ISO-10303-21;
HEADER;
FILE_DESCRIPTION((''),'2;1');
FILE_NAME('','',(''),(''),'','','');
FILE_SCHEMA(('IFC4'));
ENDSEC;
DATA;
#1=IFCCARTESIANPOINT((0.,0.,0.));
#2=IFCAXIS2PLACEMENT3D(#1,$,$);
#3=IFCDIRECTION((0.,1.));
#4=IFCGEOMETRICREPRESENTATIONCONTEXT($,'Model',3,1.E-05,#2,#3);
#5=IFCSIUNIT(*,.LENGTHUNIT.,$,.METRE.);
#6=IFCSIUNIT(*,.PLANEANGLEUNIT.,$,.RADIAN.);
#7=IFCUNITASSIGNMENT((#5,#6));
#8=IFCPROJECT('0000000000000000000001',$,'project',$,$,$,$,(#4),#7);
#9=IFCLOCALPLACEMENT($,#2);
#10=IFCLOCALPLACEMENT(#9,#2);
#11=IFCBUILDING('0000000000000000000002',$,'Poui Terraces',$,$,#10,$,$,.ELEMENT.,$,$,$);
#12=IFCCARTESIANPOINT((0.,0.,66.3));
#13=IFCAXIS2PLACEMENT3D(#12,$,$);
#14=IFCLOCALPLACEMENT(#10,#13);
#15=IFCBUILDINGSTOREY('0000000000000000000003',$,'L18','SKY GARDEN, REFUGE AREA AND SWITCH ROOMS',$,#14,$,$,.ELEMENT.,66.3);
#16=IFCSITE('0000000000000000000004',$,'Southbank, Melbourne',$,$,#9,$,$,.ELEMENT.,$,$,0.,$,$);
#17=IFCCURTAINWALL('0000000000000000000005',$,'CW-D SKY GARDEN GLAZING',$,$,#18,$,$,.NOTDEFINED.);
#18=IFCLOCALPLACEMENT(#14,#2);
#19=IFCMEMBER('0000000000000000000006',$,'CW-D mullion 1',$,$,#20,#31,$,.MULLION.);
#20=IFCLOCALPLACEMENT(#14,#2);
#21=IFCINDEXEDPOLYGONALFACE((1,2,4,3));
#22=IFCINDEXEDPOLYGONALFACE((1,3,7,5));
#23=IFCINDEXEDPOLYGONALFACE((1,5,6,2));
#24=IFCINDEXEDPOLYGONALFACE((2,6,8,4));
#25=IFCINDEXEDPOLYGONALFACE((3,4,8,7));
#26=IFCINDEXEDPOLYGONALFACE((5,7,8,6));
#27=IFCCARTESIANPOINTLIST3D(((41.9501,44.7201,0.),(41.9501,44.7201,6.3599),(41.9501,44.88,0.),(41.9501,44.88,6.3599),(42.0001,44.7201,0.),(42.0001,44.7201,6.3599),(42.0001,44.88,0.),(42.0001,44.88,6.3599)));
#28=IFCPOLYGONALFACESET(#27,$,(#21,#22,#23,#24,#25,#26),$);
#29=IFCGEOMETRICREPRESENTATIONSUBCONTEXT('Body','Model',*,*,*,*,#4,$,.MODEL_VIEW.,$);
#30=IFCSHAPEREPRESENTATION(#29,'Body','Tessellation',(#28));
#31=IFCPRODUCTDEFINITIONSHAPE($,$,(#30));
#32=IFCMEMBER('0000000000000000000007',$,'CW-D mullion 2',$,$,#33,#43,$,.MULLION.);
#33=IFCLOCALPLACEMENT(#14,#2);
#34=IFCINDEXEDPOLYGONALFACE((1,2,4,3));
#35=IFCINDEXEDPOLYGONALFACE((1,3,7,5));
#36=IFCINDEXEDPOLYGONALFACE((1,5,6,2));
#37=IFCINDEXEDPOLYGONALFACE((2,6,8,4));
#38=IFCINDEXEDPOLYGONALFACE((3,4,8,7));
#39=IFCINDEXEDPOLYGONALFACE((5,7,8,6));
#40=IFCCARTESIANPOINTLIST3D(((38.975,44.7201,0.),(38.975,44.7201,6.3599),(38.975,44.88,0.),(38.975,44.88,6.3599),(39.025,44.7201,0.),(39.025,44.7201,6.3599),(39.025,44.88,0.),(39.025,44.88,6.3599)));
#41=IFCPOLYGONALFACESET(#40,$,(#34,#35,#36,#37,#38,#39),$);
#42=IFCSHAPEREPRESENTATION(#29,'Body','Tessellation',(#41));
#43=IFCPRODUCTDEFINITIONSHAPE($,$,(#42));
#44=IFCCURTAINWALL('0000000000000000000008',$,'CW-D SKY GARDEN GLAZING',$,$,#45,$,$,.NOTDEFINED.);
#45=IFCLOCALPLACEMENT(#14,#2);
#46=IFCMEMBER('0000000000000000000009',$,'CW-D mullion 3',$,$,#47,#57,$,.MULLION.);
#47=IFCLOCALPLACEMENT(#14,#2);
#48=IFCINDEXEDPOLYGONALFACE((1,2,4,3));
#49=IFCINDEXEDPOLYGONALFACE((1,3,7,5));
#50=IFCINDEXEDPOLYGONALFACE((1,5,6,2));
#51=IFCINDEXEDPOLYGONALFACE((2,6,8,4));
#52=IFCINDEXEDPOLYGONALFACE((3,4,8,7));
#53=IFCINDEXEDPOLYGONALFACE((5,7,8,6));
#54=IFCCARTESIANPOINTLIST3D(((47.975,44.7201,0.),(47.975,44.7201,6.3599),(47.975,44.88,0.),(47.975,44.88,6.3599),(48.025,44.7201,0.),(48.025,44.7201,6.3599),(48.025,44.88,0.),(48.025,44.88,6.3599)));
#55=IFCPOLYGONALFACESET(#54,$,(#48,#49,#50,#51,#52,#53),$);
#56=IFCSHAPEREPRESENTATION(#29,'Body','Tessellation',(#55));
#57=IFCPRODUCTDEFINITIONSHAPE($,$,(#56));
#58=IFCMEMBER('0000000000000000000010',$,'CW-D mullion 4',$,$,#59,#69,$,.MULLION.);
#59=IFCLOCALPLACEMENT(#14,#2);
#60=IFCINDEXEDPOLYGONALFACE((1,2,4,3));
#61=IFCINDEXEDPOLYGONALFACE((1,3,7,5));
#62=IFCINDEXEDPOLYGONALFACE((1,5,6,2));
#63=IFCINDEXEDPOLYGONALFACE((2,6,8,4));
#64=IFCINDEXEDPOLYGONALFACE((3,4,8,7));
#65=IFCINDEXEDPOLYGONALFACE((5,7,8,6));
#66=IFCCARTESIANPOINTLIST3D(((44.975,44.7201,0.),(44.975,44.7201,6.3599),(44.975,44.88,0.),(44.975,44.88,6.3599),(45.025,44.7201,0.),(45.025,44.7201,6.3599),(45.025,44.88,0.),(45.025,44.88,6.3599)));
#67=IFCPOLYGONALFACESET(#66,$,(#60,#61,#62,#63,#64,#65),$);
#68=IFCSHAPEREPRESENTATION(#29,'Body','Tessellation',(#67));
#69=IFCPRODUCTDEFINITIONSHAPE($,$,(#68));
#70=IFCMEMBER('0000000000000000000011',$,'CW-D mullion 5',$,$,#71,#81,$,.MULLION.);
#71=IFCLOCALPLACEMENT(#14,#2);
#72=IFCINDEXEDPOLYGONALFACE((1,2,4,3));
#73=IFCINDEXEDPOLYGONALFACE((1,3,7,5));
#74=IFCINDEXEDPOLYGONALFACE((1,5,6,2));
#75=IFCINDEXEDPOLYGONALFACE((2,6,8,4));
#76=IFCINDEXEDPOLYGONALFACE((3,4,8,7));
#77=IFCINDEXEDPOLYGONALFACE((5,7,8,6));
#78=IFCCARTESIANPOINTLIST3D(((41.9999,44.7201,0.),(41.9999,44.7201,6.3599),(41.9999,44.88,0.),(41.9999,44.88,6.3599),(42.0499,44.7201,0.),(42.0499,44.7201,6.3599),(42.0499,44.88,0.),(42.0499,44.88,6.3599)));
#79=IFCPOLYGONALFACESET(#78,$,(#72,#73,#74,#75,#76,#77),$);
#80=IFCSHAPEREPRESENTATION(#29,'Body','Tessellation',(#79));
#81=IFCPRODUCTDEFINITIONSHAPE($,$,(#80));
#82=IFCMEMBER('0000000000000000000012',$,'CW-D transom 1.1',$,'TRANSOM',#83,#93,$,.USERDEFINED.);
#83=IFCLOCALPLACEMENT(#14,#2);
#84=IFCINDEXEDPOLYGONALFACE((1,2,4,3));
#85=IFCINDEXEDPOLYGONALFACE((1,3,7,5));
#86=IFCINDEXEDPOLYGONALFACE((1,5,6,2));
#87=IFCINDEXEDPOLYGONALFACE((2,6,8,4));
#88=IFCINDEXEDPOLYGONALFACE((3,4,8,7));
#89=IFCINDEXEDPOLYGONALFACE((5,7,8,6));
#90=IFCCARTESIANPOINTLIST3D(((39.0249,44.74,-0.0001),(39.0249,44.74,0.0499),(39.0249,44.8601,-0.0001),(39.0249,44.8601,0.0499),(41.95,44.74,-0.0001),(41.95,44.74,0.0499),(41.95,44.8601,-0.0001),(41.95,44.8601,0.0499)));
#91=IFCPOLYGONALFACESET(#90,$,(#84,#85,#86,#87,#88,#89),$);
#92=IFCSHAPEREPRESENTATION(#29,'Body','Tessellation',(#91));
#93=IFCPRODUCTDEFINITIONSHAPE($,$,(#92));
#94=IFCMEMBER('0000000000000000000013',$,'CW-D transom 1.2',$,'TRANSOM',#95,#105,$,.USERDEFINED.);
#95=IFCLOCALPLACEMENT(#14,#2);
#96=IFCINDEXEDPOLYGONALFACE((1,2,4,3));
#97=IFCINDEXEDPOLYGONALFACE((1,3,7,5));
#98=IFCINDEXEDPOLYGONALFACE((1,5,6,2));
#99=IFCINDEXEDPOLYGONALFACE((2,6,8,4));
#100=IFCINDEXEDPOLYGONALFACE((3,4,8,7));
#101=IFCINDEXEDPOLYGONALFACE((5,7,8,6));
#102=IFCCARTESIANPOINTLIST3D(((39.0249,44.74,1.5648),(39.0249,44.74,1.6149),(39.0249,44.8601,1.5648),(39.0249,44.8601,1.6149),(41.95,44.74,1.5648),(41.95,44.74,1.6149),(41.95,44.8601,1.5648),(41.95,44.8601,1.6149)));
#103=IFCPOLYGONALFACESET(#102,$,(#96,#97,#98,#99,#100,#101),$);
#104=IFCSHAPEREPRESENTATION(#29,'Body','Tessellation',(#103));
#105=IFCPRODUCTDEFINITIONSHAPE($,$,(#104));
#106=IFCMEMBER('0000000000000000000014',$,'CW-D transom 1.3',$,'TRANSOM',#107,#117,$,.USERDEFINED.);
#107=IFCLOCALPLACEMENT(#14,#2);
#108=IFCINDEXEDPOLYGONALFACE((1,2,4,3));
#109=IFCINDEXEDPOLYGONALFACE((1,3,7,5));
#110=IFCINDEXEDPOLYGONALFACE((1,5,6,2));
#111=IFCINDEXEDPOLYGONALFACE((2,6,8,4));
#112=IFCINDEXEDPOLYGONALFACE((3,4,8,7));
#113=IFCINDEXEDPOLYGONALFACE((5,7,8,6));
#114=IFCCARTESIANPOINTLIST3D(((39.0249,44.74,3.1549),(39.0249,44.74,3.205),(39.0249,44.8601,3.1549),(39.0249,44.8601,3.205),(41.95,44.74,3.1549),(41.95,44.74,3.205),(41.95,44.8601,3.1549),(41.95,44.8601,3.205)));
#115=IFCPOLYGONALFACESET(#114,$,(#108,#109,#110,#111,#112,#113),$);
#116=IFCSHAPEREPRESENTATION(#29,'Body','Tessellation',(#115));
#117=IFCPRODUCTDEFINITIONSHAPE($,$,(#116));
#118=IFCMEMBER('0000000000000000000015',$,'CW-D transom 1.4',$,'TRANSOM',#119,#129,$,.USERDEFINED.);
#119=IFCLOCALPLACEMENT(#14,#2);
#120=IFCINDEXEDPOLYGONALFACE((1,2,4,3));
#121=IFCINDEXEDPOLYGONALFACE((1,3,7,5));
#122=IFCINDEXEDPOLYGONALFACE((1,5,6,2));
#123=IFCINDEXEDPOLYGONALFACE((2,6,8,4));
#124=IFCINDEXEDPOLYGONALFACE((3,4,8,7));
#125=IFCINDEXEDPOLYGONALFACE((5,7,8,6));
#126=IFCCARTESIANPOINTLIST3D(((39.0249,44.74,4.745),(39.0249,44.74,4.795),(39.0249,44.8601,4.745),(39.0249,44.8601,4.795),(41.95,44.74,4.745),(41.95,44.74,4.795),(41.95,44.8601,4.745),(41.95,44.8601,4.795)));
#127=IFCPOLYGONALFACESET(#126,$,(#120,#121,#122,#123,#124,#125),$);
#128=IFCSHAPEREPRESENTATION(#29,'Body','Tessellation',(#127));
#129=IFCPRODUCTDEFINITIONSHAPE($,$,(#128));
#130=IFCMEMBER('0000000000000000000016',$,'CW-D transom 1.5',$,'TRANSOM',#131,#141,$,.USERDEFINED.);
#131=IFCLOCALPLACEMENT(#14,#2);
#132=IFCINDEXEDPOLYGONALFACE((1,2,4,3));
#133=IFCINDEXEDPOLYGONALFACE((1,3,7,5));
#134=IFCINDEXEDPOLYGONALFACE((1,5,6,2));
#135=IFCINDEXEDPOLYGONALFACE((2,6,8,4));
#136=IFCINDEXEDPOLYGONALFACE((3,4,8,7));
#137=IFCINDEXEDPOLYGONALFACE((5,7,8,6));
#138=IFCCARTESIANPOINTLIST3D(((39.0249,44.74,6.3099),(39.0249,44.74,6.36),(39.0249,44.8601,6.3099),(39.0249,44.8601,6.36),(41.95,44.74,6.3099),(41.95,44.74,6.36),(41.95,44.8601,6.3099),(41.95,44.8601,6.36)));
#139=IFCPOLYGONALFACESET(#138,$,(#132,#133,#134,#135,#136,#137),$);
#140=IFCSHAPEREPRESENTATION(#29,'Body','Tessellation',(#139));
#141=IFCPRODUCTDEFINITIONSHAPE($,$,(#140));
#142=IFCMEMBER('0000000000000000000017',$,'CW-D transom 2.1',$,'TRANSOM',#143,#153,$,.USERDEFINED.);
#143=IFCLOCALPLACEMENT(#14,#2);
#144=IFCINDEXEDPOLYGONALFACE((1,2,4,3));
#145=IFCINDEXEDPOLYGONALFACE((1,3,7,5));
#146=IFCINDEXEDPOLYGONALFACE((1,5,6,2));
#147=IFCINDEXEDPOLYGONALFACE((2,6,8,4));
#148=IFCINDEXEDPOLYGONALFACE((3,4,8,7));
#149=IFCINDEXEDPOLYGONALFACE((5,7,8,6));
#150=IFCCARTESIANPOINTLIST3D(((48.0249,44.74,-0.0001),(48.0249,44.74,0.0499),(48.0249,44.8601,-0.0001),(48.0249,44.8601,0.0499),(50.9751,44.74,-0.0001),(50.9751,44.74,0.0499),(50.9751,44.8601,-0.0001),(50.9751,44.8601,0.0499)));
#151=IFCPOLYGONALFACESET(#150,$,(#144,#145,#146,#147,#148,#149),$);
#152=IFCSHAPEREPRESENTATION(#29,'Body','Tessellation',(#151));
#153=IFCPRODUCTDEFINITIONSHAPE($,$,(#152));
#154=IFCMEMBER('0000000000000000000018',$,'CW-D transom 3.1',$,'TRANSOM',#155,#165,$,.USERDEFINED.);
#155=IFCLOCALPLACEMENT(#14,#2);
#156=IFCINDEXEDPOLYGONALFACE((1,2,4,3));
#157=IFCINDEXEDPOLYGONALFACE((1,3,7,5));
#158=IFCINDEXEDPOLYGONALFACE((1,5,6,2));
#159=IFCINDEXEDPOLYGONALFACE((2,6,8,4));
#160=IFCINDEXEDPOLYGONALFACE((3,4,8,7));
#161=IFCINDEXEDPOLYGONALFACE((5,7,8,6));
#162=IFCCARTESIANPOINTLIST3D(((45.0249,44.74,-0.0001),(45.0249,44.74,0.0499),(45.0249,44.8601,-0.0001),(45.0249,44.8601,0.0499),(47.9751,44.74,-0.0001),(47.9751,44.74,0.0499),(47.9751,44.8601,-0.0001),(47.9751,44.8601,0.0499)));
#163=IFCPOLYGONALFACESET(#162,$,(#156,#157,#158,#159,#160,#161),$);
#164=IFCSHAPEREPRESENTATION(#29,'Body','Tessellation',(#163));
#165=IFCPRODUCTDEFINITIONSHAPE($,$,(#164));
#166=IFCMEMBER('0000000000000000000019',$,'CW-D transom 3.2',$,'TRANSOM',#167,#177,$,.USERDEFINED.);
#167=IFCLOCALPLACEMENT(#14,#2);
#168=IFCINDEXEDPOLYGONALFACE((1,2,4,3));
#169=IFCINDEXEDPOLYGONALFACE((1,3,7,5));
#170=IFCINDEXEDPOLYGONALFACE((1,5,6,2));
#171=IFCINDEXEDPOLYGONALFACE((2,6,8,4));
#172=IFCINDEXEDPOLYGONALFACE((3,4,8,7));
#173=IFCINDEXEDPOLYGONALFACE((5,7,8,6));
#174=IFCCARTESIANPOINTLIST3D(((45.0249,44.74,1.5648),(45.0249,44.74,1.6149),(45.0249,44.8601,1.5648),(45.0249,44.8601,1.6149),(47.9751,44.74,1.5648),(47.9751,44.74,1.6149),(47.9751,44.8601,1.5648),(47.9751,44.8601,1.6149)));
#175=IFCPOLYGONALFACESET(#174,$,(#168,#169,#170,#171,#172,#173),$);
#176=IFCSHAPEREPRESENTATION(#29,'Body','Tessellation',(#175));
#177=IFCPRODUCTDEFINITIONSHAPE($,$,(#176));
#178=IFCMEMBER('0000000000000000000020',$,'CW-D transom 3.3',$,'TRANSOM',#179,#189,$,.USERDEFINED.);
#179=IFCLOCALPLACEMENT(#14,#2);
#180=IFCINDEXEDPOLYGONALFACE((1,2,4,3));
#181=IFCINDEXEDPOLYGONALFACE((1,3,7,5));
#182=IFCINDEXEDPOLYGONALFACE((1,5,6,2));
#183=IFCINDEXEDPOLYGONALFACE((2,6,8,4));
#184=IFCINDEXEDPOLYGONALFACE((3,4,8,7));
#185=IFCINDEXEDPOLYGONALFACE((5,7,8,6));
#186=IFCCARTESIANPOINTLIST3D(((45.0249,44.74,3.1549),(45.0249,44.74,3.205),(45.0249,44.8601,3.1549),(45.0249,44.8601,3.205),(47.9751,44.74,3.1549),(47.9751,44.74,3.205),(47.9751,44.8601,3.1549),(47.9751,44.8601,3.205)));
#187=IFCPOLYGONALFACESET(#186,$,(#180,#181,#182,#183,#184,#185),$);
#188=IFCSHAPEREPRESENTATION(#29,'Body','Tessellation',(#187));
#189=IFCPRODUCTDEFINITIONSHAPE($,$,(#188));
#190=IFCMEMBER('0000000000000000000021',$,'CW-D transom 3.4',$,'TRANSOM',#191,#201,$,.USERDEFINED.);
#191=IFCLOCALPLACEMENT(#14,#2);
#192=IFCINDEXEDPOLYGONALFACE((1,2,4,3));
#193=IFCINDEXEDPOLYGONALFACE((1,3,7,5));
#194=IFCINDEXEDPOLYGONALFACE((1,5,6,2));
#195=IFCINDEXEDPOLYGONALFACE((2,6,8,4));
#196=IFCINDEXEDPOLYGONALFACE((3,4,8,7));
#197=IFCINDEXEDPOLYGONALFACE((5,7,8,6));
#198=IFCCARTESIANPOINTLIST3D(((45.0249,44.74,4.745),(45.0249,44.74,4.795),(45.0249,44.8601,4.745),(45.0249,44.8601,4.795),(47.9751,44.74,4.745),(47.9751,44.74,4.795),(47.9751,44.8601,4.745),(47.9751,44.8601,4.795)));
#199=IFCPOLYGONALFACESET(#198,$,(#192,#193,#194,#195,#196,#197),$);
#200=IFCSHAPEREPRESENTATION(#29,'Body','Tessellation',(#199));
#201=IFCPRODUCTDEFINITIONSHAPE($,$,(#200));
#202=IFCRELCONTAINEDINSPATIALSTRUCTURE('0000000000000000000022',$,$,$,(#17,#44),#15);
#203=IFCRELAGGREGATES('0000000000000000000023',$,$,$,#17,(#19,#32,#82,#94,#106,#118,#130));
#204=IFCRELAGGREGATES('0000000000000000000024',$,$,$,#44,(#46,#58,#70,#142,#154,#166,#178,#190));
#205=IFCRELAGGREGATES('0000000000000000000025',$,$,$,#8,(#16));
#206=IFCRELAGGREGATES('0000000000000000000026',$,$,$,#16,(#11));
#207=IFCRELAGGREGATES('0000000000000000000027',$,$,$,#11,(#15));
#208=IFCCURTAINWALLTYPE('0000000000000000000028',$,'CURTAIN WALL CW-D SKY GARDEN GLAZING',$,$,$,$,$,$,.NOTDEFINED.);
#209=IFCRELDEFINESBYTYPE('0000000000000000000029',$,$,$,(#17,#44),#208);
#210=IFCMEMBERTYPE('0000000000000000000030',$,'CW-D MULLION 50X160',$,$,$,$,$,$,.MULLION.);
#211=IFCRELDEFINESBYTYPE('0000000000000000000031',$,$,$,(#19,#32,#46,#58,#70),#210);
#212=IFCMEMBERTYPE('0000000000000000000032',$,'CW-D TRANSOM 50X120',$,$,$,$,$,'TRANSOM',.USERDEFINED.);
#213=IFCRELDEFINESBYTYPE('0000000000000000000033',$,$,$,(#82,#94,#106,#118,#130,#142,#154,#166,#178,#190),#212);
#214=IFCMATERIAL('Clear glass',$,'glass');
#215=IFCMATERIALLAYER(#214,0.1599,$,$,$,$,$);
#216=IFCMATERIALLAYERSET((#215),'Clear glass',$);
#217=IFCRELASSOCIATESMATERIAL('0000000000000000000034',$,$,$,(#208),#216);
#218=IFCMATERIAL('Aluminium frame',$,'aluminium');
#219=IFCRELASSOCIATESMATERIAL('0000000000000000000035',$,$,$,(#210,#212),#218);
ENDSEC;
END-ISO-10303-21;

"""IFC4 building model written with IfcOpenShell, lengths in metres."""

from ifc_helpers import new_model, si_unit, direction, frame, origin, origin_2d, place, context, subcontext, project, spatial, rectangle, extrude, material, layer, layer_set, material_profile, profile_set, type_object, element, aggregate, save


model = new_model("IFC4")

# Units and contexts
model_context = context("Model", 3, precision=1e-05, world=origin(), true_north=direction((0.0, 1.0)))
body_context = subcontext(model_context, "Body", "Model", "MODEL_VIEW")
ifc_project = project(units=[si_unit("LENGTHUNIT", "METRE"), si_unit("PLANEANGLEUNIT", "RADIAN")], contexts=[model_context])

# Site, building, storey
site_placement = place(None, origin())
site = spatial("IfcSite", under=ifc_project, at=site_placement, Name="Southbank, Melbourne", CompositionType="ELEMENT", RefElevation=0.0)
building_placement = place(site_placement, origin())
building = spatial("IfcBuilding", under=site, at=building_placement, Name="Poui Terraces", CompositionType="ELEMENT")
storey_placement = place(building_placement, frame((0.0, 0.0, 66.3)))
storey = spatial("IfcBuildingStorey", under=building, at=storey_placement, Name="L18", Description="SKY GARDEN, REFUGE AREA AND SWITCH ROOMS", CompositionType="ELEMENT", Elevation=66.3)

# Curtain walls, members
ifc_material_1 = material(Name="Clear glass", Category="glass")
ifc_layer_1 = layer(ifc_material_1, 0.1599)
ifc_layer_set_1 = layer_set([ifc_layer_1], Name="Clear glass")
curtain_wall_type = type_object("IfcCurtainWallType", Name="CURTAIN WALL CW-D SKY GARDEN GLAZING", PredefinedType="NOTDEFINED", material=ifc_layer_set_1)
curtain_wall_1_placement = place(storey_placement, origin())
curtain_wall_1 = element("IfcCurtainWall", 1, at=curtain_wall_1_placement, inside=storey, type_object=curtain_wall_type, Name="CW-D SKY GARDEN GLAZING", PredefinedType="NOTDEFINED")
ifc_material_2 = material(Name="Aluminium frame", Category="aluminium")
ifc_material_profile_1 = material_profile(ifc_material_2, rectangle(XDim=0.1599, YDim=0.05, at=origin_2d()), Name="CW-D MULLION 50X160")
ifc_profile_set_1 = profile_set([ifc_material_profile_1], Name="Aluminium frame")
member_type_1 = type_object("IfcMemberType", Name="CW-D MULLION 50X160", PredefinedType="MULLION", material=ifc_profile_set_1)
member_1_placement = place(storey_placement, frame((41.9751, 44.8, 0.0), z_axis=(0.0, 0.0, 1.0), x_axis=(0.0, -1.0, 0.0)))
member_1 = element("IfcMember", 2, at=member_1_placement, type_object=member_type_1, Name="CW-D mullion 1", PredefinedType="MULLION", context=body_context, shape_type="SweptSolid", body=[
    extrude(rectangle(XDim=0.1599, YDim=0.05, at=origin_2d()), origin(), (0.0, 0.0, 1.0), 6.3599),
])
member_2_placement = place(storey_placement, frame((39.0, 44.8, 0.0), z_axis=(0.0, 0.0, 1.0), x_axis=(0.0, -1.0, 0.0)))
member_2 = element("IfcMember", 3, at=member_2_placement, type_object=member_type_1, Name="CW-D mullion 2", PredefinedType="MULLION", context=body_context, shape_type="SweptSolid", body=[
    extrude(rectangle(XDim=0.1599, YDim=0.05, at=origin_2d()), origin(), (0.0, 0.0, 1.0), 6.3599),
])
curtain_wall_2_placement = place(storey_placement, origin())
curtain_wall_2 = element("IfcCurtainWall", 4, at=curtain_wall_2_placement, inside=storey, type_object=curtain_wall_type, Name="CW-D SKY GARDEN GLAZING", PredefinedType="NOTDEFINED")
member_3_placement = place(storey_placement, frame((48.0, 44.8, 0.0), z_axis=(0.0, 0.0, 1.0), x_axis=(0.0, -1.0, 0.0)))
member_3 = element("IfcMember", 5, at=member_3_placement, type_object=member_type_1, Name="CW-D mullion 3", PredefinedType="MULLION", context=body_context, shape_type="SweptSolid", body=[
    extrude(rectangle(XDim=0.1599, YDim=0.05, at=origin_2d()), origin(), (0.0, 0.0, 1.0), 6.3599),
])
member_4_placement = place(storey_placement, frame((45.0, 44.8, 0.0), z_axis=(0.0, 0.0, 1.0), x_axis=(0.0, -1.0, 0.0)))
member_4 = element("IfcMember", 6, at=member_4_placement, type_object=member_type_1, Name="CW-D mullion 4", PredefinedType="MULLION", context=body_context, shape_type="SweptSolid", body=[
    extrude(rectangle(XDim=0.1599, YDim=0.05, at=origin_2d()), origin(), (0.0, 0.0, 1.0), 6.3599),
])
member_5_placement = place(storey_placement, frame((42.0249, 44.8, 0.0), z_axis=(0.0, 0.0, 1.0), x_axis=(0.0, -1.0, 0.0)))
member_5 = element("IfcMember", 7, at=member_5_placement, type_object=member_type_1, Name="CW-D mullion 5", PredefinedType="MULLION", context=body_context, shape_type="SweptSolid", body=[
    extrude(rectangle(XDim=0.1599, YDim=0.05, at=origin_2d()), origin(), (0.0, 0.0, 1.0), 6.3599),
])

# Members
ifc_material_profile_2 = material_profile(ifc_material_2, rectangle(XDim=0.1201, YDim=0.05, at=origin_2d()), Name="CW-D TRANSOM 50X120")
ifc_profile_set_2 = profile_set([ifc_material_profile_2], Name="Aluminium frame")
member_type_2 = type_object("IfcMemberType", Name="CW-D TRANSOM 50X120", ElementType="TRANSOM", PredefinedType="USERDEFINED", material=ifc_profile_set_2)
member_6_placement = place(storey_placement, frame((41.95, 44.8, 0.0249), z_axis=(-1.0, 0.0, 0.0), x_axis=(0.0, -1.0, 0.0)))
member_6 = element("IfcMember", 8, at=member_6_placement, type_object=member_type_2, Name="CW-D transom 1.1", ObjectType="TRANSOM", PredefinedType="USERDEFINED", context=body_context, shape_type="SweptSolid", body=[
    extrude(rectangle(XDim=0.1201, YDim=0.05, at=origin_2d()), origin(), (0.0, 0.0, 1.0), 2.925),
])
member_7_placement = place(storey_placement, frame((41.95, 44.8, 1.5898), z_axis=(-1.0, 0.0, 0.0), x_axis=(0.0, -1.0, 0.0)))
member_7 = element("IfcMember", 9, at=member_7_placement, type_object=member_type_2, Name="CW-D transom 1.2", ObjectType="TRANSOM", PredefinedType="USERDEFINED", context=body_context, shape_type="SweptSolid", body=[
    extrude(rectangle(XDim=0.1201, YDim=0.05, at=origin_2d()), origin(), (0.0, 0.0, 1.0), 2.925),
])
member_8_placement = place(storey_placement, frame((41.95, 44.8, 3.1799), z_axis=(-1.0, 0.0, 0.0), x_axis=(0.0, -1.0, 0.0)))
member_8 = element("IfcMember", 10, at=member_8_placement, type_object=member_type_2, Name="CW-D transom 1.3", ObjectType="TRANSOM", PredefinedType="USERDEFINED", context=body_context, shape_type="SweptSolid", body=[
    extrude(rectangle(XDim=0.1201, YDim=0.05, at=origin_2d()), origin(), (0.0, 0.0, 1.0), 2.925),
])
member_9_placement = place(storey_placement, frame((41.95, 44.8, 4.77), z_axis=(-1.0, 0.0, 0.0), x_axis=(0.0, -1.0, 0.0)))
member_9 = element("IfcMember", 11, at=member_9_placement, type_object=member_type_2, Name="CW-D transom 1.4", ObjectType="TRANSOM", PredefinedType="USERDEFINED", context=body_context, shape_type="SweptSolid", body=[
    extrude(rectangle(XDim=0.1201, YDim=0.05, at=origin_2d()), origin(), (0.0, 0.0, 1.0), 2.925),
])
member_10_placement = place(storey_placement, frame((41.95, 44.8, 6.335), z_axis=(-1.0, 0.0, 0.0), x_axis=(0.0, -1.0, 0.0)))
member_10 = element("IfcMember", 12, at=member_10_placement, type_object=member_type_2, Name="CW-D transom 1.5", ObjectType="TRANSOM", PredefinedType="USERDEFINED", context=body_context, shape_type="SweptSolid", body=[
    extrude(rectangle(XDim=0.1201, YDim=0.05, at=origin_2d()), origin(), (0.0, 0.0, 1.0), 2.925),
])
member_11_placement = place(storey_placement, frame((50.9751, 44.8, 0.0249), z_axis=(-1.0, 0.0, 0.0), x_axis=(0.0, -1.0, 0.0)))
member_11 = element("IfcMember", 13, at=member_11_placement, type_object=member_type_2, Name="CW-D transom 2.1", ObjectType="TRANSOM", PredefinedType="USERDEFINED", context=body_context, shape_type="SweptSolid", body=[
    extrude(rectangle(XDim=0.1201, YDim=0.05, at=origin_2d()), origin(), (0.0, 0.0, 1.0), 2.9502),
])
member_12_placement = place(storey_placement, frame((47.9751, 44.8, 0.0249), z_axis=(-1.0, 0.0, 0.0), x_axis=(0.0, -1.0, 0.0)))
member_12 = element("IfcMember", 14, at=member_12_placement, type_object=member_type_2, Name="CW-D transom 3.1", ObjectType="TRANSOM", PredefinedType="USERDEFINED", context=body_context, shape_type="SweptSolid", body=[
    extrude(rectangle(XDim=0.1201, YDim=0.05, at=origin_2d()), origin(), (0.0, 0.0, 1.0), 2.9502),
])
member_13_placement = place(storey_placement, frame((47.9751, 44.8, 1.5898), z_axis=(-1.0, 0.0, 0.0), x_axis=(0.0, -1.0, 0.0)))
member_13 = element("IfcMember", 15, at=member_13_placement, type_object=member_type_2, Name="CW-D transom 3.2", ObjectType="TRANSOM", PredefinedType="USERDEFINED", context=body_context, shape_type="SweptSolid", body=[
    extrude(rectangle(XDim=0.1201, YDim=0.05, at=origin_2d()), origin(), (0.0, 0.0, 1.0), 2.9502),
])
member_14_placement = place(storey_placement, frame((47.9751, 44.8, 3.1799), z_axis=(-1.0, 0.0, 0.0), x_axis=(0.0, -1.0, 0.0)))
member_14 = element("IfcMember", 16, at=member_14_placement, type_object=member_type_2, Name="CW-D transom 3.3", ObjectType="TRANSOM", PredefinedType="USERDEFINED", context=body_context, shape_type="SweptSolid", body=[
    extrude(rectangle(XDim=0.1201, YDim=0.05, at=origin_2d()), origin(), (0.0, 0.0, 1.0), 2.9502),
])
member_15_placement = place(storey_placement, frame((47.9751, 44.8, 4.77), z_axis=(-1.0, 0.0, 0.0), x_axis=(0.0, -1.0, 0.0)))
member_15 = element("IfcMember", 17, at=member_15_placement, type_object=member_type_2, Name="CW-D transom 3.4", ObjectType="TRANSOM", PredefinedType="USERDEFINED", context=body_context, shape_type="SweptSolid", body=[
    extrude(rectangle(XDim=0.1201, YDim=0.05, at=origin_2d()), origin(), (0.0, 0.0, 1.0), 2.9502),
])

aggregate(curtain_wall_1, [member_1, member_2, member_6, member_7, member_8, member_9, member_10])
aggregate(curtain_wall_2, [member_3, member_4, member_5, member_11, member_12, member_13, member_14, member_15])

save(model, "model.ifc")
